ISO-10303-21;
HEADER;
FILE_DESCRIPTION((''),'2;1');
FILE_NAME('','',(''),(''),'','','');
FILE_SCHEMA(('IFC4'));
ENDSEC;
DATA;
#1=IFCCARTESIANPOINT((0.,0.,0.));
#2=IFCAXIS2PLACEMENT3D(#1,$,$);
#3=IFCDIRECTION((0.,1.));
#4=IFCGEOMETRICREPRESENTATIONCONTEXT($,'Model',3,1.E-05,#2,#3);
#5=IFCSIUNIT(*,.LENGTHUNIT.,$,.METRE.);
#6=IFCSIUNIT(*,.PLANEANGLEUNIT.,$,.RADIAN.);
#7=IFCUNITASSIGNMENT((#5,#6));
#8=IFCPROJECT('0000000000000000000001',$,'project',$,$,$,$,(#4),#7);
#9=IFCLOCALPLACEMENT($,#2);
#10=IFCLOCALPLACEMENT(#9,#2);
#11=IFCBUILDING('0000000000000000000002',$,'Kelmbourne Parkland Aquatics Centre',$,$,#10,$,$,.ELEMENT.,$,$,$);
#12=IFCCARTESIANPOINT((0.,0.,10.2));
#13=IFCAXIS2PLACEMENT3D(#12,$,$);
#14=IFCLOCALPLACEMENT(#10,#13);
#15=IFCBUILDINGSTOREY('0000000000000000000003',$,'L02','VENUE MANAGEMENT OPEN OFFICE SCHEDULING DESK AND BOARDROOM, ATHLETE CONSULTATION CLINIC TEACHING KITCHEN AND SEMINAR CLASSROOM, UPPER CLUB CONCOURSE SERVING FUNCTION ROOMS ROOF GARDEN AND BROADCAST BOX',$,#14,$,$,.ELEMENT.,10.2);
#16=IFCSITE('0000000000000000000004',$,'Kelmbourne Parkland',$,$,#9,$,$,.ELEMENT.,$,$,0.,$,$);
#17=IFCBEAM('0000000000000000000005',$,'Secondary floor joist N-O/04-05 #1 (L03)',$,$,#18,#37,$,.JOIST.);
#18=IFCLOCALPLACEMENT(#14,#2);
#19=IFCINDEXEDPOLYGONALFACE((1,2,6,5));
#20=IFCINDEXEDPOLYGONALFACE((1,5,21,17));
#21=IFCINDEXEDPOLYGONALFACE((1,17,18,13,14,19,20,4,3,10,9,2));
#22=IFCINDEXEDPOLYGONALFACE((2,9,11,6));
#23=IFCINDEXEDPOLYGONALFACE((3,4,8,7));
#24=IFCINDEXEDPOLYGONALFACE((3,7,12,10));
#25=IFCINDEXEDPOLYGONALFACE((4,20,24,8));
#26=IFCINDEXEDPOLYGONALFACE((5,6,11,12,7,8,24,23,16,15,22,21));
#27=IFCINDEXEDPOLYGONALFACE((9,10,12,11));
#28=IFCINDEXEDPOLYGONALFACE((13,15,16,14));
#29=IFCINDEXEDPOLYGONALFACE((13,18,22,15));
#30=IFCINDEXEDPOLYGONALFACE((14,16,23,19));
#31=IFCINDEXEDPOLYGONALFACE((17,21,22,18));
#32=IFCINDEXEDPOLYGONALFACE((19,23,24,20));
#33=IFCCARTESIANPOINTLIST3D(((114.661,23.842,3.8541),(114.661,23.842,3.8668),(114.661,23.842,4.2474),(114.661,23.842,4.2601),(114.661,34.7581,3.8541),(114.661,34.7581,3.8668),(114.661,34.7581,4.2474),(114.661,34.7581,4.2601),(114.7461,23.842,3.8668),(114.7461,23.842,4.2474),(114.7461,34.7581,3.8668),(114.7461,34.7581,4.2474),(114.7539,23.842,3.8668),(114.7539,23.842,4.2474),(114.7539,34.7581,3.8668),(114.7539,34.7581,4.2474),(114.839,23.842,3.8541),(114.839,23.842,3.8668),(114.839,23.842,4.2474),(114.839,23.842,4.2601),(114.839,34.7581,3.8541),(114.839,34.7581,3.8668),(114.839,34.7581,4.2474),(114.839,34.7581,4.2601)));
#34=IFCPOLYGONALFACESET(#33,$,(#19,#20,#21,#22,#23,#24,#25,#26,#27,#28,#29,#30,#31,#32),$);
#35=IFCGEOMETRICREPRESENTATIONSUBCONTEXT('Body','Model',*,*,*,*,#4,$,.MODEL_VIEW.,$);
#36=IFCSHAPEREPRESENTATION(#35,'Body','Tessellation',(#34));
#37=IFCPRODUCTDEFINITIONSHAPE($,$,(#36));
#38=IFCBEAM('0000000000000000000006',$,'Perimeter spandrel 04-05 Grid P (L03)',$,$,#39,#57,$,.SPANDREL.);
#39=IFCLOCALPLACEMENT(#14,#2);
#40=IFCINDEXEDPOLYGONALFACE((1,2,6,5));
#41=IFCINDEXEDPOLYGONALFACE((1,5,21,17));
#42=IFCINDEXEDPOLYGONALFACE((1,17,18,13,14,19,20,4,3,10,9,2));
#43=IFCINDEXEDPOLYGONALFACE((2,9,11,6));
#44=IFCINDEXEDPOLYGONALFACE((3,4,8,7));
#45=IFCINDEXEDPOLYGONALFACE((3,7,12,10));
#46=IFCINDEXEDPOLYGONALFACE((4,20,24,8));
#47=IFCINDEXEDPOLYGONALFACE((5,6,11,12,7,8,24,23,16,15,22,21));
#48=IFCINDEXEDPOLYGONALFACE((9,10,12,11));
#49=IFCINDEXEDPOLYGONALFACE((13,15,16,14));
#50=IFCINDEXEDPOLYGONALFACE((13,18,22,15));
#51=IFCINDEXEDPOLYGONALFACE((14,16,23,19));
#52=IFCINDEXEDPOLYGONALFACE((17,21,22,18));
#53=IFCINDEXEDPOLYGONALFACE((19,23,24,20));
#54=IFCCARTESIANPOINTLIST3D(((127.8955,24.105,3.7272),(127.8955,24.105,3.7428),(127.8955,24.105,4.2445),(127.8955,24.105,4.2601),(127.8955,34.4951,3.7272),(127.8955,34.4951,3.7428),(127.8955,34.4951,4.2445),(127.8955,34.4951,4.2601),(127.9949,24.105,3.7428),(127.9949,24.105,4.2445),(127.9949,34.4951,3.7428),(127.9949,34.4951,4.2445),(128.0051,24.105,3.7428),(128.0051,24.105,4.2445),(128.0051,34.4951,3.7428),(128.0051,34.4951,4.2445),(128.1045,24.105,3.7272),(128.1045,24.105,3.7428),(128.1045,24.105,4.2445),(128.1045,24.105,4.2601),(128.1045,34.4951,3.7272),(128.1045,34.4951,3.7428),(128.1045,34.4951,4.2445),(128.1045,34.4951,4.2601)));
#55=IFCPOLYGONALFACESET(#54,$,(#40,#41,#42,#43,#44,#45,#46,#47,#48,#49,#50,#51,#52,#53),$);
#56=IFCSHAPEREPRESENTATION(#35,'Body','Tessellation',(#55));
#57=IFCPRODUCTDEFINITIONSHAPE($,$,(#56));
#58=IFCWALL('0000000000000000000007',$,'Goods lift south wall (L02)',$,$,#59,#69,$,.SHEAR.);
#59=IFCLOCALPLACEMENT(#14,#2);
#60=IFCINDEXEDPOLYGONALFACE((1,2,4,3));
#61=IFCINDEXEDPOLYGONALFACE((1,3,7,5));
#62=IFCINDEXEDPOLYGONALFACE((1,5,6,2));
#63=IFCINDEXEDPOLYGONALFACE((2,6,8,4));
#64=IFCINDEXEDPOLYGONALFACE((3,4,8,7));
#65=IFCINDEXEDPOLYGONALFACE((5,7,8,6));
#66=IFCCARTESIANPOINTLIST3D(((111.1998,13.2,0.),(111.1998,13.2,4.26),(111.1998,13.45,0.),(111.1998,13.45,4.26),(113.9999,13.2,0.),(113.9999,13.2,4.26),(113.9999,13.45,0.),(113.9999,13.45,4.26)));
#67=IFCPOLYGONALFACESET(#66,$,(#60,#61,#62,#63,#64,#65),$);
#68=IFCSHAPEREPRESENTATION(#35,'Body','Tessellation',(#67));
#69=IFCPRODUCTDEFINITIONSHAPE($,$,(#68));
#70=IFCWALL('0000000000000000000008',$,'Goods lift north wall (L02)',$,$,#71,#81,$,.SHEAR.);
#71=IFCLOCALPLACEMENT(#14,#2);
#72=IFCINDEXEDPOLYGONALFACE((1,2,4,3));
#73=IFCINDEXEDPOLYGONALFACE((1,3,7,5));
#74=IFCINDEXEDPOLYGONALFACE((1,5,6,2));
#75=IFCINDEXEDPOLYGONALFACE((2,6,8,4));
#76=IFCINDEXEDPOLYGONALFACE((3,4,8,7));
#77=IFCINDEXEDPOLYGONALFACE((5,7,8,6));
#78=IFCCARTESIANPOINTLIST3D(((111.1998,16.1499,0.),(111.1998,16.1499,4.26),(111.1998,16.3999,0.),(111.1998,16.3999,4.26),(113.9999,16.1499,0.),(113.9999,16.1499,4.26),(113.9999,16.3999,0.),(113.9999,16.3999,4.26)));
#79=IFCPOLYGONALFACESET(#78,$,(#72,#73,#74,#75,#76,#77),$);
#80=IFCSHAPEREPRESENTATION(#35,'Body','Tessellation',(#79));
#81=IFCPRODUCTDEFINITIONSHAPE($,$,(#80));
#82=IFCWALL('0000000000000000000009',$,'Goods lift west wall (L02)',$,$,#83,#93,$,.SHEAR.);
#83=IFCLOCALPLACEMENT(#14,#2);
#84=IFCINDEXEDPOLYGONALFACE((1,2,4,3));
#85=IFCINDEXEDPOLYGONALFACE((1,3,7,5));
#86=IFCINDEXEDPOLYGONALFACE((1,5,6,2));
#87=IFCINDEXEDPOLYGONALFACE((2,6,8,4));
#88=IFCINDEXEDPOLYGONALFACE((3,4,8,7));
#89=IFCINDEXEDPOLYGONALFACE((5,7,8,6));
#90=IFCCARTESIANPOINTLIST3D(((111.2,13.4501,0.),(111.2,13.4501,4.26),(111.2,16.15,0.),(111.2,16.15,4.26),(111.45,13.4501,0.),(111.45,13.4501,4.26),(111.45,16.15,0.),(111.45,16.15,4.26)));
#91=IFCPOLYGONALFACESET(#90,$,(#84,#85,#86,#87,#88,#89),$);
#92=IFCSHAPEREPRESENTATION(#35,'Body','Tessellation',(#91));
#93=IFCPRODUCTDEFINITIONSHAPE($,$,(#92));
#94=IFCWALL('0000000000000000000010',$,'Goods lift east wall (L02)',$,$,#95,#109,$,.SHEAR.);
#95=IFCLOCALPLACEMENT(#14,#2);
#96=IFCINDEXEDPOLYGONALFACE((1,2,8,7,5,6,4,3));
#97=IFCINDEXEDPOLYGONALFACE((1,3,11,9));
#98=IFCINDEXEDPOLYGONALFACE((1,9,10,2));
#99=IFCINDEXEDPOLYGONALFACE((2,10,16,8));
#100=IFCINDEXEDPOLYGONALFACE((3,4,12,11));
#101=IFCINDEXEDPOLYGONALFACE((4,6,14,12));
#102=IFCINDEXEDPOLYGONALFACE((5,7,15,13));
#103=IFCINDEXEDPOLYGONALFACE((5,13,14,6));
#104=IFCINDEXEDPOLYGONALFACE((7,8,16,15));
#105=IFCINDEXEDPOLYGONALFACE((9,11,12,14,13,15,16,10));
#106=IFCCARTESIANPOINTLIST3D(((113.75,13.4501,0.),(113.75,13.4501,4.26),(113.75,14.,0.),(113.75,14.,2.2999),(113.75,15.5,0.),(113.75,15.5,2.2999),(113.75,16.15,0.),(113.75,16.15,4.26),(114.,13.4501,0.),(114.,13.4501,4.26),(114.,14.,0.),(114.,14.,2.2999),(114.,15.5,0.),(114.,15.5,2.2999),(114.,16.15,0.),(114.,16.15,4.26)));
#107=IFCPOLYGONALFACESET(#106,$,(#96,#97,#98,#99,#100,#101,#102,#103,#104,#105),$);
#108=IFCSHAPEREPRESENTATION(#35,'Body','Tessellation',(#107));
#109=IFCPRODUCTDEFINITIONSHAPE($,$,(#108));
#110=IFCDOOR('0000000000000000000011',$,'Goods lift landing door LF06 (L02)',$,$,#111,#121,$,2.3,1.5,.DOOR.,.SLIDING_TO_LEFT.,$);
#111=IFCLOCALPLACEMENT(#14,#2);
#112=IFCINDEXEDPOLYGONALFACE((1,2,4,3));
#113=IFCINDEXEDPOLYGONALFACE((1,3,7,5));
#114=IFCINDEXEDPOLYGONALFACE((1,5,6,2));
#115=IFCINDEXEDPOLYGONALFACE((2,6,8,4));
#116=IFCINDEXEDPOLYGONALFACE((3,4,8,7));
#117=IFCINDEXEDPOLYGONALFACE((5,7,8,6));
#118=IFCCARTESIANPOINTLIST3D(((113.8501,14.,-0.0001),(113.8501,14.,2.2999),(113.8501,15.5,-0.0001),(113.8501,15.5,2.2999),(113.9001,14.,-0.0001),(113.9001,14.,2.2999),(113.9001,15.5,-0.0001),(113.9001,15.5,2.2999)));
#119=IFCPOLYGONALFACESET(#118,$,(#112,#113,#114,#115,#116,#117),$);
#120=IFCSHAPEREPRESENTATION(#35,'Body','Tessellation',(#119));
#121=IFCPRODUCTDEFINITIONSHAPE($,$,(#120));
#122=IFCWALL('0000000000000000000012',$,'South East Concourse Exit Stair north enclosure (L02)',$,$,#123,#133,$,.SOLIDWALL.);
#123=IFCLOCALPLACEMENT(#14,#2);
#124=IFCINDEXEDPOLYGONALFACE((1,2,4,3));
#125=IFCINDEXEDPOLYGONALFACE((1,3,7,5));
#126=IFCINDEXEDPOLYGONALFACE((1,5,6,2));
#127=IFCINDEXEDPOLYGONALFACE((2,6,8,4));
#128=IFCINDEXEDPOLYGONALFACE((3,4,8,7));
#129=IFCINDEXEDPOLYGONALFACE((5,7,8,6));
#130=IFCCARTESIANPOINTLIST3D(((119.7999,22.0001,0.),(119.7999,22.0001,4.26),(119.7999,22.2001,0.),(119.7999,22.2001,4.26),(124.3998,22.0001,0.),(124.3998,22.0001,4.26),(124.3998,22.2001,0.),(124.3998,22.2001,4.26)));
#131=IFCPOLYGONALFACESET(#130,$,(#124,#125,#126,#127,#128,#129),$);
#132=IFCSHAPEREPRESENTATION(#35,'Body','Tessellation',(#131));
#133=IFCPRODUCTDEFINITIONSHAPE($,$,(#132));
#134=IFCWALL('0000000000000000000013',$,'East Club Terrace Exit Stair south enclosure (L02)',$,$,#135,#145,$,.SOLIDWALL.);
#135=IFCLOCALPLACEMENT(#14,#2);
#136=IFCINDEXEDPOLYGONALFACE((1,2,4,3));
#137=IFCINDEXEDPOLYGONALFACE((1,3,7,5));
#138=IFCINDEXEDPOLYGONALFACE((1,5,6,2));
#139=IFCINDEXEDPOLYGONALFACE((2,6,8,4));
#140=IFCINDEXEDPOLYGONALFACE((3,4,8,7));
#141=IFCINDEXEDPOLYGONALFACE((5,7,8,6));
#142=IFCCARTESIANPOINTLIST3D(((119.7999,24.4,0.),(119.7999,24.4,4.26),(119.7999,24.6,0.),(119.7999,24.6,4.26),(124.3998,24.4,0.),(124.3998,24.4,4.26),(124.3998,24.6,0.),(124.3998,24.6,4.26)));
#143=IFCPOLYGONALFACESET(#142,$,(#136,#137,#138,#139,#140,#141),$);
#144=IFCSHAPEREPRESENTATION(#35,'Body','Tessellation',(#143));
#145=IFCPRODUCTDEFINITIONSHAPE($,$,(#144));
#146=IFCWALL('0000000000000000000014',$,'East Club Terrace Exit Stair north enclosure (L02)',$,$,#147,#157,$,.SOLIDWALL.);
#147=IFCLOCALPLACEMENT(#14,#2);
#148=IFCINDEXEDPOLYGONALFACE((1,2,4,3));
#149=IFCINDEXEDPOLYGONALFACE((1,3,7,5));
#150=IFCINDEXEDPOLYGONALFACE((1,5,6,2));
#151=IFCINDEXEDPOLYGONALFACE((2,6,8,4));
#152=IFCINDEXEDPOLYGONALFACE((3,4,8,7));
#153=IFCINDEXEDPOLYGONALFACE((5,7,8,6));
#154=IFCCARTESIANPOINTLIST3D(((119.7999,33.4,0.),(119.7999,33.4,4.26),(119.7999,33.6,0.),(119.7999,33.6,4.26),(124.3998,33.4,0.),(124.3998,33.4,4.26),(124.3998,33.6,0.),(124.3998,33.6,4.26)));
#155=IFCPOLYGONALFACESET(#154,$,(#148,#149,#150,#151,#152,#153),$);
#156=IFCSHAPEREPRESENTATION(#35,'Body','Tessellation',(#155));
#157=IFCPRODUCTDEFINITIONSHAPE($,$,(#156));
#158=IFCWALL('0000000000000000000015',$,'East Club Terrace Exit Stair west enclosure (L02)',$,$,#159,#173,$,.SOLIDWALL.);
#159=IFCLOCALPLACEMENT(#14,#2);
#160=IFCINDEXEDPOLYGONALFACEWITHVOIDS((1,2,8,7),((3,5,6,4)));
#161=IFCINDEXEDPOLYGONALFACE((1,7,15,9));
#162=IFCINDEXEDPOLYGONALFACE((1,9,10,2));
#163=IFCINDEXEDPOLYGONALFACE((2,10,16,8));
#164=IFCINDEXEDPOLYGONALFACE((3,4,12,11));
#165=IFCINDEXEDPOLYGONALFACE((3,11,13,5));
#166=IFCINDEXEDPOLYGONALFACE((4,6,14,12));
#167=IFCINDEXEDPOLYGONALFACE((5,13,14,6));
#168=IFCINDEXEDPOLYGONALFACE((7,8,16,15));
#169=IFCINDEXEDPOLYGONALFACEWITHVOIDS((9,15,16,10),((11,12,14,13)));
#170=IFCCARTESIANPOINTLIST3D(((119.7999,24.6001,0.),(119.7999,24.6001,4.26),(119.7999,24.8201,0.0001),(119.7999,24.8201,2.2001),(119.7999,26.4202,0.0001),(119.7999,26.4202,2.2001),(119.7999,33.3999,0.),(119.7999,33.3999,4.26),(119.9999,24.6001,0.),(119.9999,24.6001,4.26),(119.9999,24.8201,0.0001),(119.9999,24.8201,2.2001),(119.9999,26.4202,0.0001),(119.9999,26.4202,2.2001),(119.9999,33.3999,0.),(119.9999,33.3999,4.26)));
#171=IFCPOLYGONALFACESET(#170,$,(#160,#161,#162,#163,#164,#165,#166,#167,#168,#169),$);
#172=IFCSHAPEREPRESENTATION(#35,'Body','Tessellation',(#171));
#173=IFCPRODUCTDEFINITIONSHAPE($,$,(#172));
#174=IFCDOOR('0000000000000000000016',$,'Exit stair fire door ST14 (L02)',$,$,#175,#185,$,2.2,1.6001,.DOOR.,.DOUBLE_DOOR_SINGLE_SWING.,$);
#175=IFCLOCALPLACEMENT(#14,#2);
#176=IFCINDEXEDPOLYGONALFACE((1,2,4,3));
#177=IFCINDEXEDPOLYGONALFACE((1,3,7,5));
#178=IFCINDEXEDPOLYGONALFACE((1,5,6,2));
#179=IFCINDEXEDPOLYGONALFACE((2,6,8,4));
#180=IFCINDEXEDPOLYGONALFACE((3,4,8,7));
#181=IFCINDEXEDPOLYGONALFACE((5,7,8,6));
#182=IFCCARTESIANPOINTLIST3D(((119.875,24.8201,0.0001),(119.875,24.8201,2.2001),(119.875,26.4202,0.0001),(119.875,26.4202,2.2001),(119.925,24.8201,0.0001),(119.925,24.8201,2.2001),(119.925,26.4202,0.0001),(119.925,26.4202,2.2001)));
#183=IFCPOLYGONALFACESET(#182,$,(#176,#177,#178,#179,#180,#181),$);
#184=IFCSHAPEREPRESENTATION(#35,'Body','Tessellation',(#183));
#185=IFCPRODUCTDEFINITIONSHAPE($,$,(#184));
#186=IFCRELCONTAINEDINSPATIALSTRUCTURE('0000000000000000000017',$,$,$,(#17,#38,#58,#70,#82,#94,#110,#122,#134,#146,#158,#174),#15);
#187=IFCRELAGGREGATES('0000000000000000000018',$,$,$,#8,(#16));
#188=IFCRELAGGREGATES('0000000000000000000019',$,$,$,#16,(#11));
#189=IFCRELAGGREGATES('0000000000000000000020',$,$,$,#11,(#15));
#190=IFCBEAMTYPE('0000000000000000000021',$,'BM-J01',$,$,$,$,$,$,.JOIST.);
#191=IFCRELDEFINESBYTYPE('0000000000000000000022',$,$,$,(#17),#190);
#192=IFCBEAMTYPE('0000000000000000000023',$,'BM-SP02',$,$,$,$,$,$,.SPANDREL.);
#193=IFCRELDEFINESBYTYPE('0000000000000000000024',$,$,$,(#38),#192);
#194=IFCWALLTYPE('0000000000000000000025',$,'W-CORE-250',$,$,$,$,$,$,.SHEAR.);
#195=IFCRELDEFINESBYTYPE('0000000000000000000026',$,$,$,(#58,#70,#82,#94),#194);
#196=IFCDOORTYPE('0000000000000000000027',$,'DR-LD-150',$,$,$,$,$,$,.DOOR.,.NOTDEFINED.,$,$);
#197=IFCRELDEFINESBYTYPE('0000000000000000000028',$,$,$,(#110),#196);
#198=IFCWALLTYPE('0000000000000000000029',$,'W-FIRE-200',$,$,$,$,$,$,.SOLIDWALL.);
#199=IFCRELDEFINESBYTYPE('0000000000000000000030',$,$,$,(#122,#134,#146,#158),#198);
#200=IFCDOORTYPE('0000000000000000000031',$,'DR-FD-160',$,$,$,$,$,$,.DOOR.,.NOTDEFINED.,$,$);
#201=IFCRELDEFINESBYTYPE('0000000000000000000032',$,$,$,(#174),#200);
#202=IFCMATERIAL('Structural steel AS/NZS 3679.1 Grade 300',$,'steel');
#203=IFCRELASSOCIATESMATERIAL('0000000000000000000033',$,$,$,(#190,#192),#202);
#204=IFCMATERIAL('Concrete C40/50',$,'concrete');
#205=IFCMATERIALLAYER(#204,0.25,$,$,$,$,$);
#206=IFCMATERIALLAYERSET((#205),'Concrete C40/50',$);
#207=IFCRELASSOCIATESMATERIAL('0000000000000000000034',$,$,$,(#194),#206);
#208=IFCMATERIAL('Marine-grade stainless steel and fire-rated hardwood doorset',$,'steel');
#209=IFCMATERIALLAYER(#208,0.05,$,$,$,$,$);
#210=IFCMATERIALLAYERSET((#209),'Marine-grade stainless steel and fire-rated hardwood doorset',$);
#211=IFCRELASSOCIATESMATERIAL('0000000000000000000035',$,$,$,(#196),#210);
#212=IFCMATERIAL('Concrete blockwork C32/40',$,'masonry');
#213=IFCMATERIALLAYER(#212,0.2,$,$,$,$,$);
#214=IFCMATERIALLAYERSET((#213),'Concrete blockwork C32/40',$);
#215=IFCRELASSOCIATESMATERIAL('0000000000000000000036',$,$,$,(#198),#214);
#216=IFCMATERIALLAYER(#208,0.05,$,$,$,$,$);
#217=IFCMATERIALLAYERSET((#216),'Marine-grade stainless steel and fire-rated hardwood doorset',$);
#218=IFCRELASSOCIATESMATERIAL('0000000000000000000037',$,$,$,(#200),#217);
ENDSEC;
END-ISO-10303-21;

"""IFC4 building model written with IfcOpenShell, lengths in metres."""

from ifc_helpers import new_model, si_unit, direction, frame, frame_2d, origin, origin_2d, place, context, subcontext, project, spatial, rectangle, i_section, extrude, material, layer, layer_set, material_profile, profile_set, type_object, element, fill, save


model = new_model("IFC4")

# Units and contexts
model_context = context("Model", 3, precision=1e-05, world=origin(), true_north=direction((0.0, 1.0)))
body_context = subcontext(model_context, "Body", "Model", "MODEL_VIEW")
ifc_project = project(units=[si_unit("LENGTHUNIT", "METRE"), si_unit("PLANEANGLEUNIT", "RADIAN")], contexts=[model_context])

# Site, building, storey
site_placement = place(None, origin())
site = spatial("IfcSite", under=ifc_project, at=site_placement, Name="Kelmbourne Parkland", CompositionType="ELEMENT", RefElevation=0.0)
building_placement = place(site_placement, origin())
building = spatial("IfcBuilding", under=site, at=building_placement, Name="Kelmbourne Parkland Aquatics Centre", CompositionType="ELEMENT")
storey_placement = place(building_placement, frame((0.0, 0.0, 10.2)))
storey = spatial("IfcBuildingStorey", under=building, at=storey_placement, Name="L02", Description="VENUE MANAGEMENT OPEN OFFICE SCHEDULING DESK AND BOARDROOM, ATHLETE CONSULTATION CLINIC TEACHING KITCHEN AND SEMINAR CLASSROOM, UPPER CLUB CONCOURSE SERVING FUNCTION ROOMS ROOF GARDEN AND BROADCAST BOX", CompositionType="ELEMENT", Elevation=10.2)

# Shared definitions
ifc_material_1 = material(Name="Concrete C40/50", Category="concrete")
ifc_material_2 = material(Name="Structural steel AS/NZS 3679.1 Grade 300", Category="steel")

# Beams
ifc_material_profile_1 = material_profile(ifc_material_2, i_section(OverallWidth=0.178, OverallDepth=0.406, WebThickness=0.0078, FlangeThickness=0.0127, at=origin_2d()), Name="410UB59.7")
ifc_profile_set_1 = profile_set([ifc_material_profile_1], Name="Structural steel AS/NZS 3679.1 Grade 300")
beam_type_1 = type_object("IfcBeamType", Name="BM-J01", PredefinedType="JOIST", material=ifc_profile_set_1)
for number, where, z_axis, x_axis, name in (
    (1, (114.75, 23.842, 4.0571), (0.0, 1.0, 0.0), (-1.0, 0.0, 0.0), "Secondary floor joist N-O/04-05 #1 (L03)"),
):
    element("IfcBeam", number, at=place(storey_placement, frame(where, z_axis=z_axis, x_axis=x_axis)), inside=storey, type_object=beam_type_1, Name=name, PredefinedType="JOIST", context=body_context, shape_type="SweptSolid", body=[
        extrude(i_section(OverallWidth=0.178, OverallDepth=0.406, WebThickness=0.0078, FlangeThickness=0.0127, at=origin_2d()), origin(), (0.0, 0.0, 1.0), 10.916),
    ])
ifc_material_profile_2 = material_profile(ifc_material_2, i_section(OverallWidth=0.209, OverallDepth=0.533, WebThickness=0.0103, FlangeThickness=0.0156, at=origin_2d()), Name="530UB92.4")
ifc_profile_set_2 = profile_set([ifc_material_profile_2], Name="Structural steel AS/NZS 3679.1 Grade 300")
beam_type_2 = type_object("IfcBeamType", Name="BM-SP02", PredefinedType="SPANDREL", material=ifc_profile_set_2)
beam_1_placement = place(storey_placement, frame((128.0, 24.105, 3.9937), z_axis=(0.0, 1.0, 0.0), x_axis=(-1.0, 0.0, 0.0)))
element("IfcBeam", 2, at=beam_1_placement, inside=storey, type_object=beam_type_2, Name="Perimeter spandrel 04-05 Grid P (L03)", PredefinedType="SPANDREL", context=body_context, shape_type="SweptSolid", body=[
    extrude(i_section(OverallWidth=0.209, OverallDepth=0.533, WebThickness=0.0103, FlangeThickness=0.0156, at=origin_2d()), origin(), (0.0, 0.0, 1.0), 10.3901),
])

# Walls
ifc_layer_1 = layer(ifc_material_1, 0.25)
ifc_layer_set_1 = layer_set([ifc_layer_1], Name="Concrete C40/50")
wall_type_1 = type_object("IfcWallType", Name="W-CORE-250", PredefinedType="SHEAR", material=ifc_layer_set_1)
for number, where, z_axis, x_axis, name in (
    (3, (111.2, 13.325, 0.0), (0.0, 0.0, 1.0), (1.0, 0.0, 0.0), "Goods lift south wall (L02)"),
    (4, (111.2, 16.2749, 0.0), (0.0, 0.0, 1.0), (1.0, 0.0, 0.0), "Goods lift north wall (L02)"),
):
    element("IfcWall", number, at=place(storey_placement, frame(where, z_axis=z_axis, x_axis=x_axis)), inside=storey, type_object=wall_type_1, Name=name, PredefinedType="SHEAR", context=body_context, shape_type="SweptSolid", body=[
        extrude(rectangle(XDim=2.8, YDim=0.25, at=frame_2d((1.3999, 0.0))), origin(), (0.0, 0.0, 1.0), 4.26),
    ])
wall_1_placement = place(storey_placement, frame((111.325, 13.45, 0.0), z_axis=(0.0, 0.0, 1.0), x_axis=(0.0, 1.0, 0.0)))
element("IfcWall", 5, at=wall_1_placement, inside=storey, type_object=wall_type_1, Name="Goods lift west wall (L02)", PredefinedType="SHEAR", context=body_context, shape_type="SweptSolid", body=[
    extrude(rectangle(XDim=2.7, YDim=0.25, at=frame_2d((1.3501, 0.0))), origin(), (0.0, 0.0, 1.0), 4.26),
])

# Wall, opening, door
wall_2_placement = place(storey_placement, frame((113.875, 13.45, 0.0), z_axis=(0.0, 0.0, 1.0), x_axis=(0.0, 1.0, 0.0)))
wall_2 = element("IfcWall", 6, at=wall_2_placement, inside=storey, type_object=wall_type_1, Name="Goods lift east wall (L02)", PredefinedType="SHEAR", context=body_context, shape_type="SweptSolid", body=[
    extrude(rectangle(XDim=2.7, YDim=0.25, at=frame_2d((1.3501, 0.0))), origin(), (0.0, 0.0, 1.0), 4.26),
])
opening_1_placement = place(wall_2_placement, frame((0.55, 0.0, 0.0)))
opening_1 = element("IfcOpeningElement", 7, at=opening_1_placement, cuts=wall_2, PredefinedType="OPENING", context=body_context, shape_type="SweptSolid", body=[
    extrude(rectangle(XDim=1.5, YDim=2.3, at=frame_2d((0.75, 1.1499))), frame((0.0, 0.137, 0.0), z_axis=(0.0, -1.0, 0.0), x_axis=(1.0, 0.0, 0.0)), (0.0, 0.0, 1.0), 0.2739),
])
ifc_material_3 = material(Name="Marine-grade stainless steel and fire-rated hardwood doorset", Category="steel")
ifc_layer_2 = layer(ifc_material_3, 0.05)
ifc_layer_set_2 = layer_set([ifc_layer_2], Name="Marine-grade stainless steel and fire-rated hardwood doorset")
door_type_1 = type_object("IfcDoorType", Name="DR-LD-150", OperationType="NOTDEFINED", PredefinedType="DOOR", material=ifc_layer_set_2)
door_1_placement = place(opening_1_placement, origin())
door_1 = element("IfcDoor", 8, at=door_1_placement, inside=storey, type_object=door_type_1, Name="Goods lift landing door LF06 (L02)", OperationType="SLIDING_TO_LEFT", OverallHeight=2.3, OverallWidth=1.5, PredefinedType="DOOR", context=body_context, shape_type="SweptSolid", body=[
    extrude(rectangle(XDim=1.5, YDim=2.3, at=frame_2d((0.75, 1.1499))), frame((0.0, 0.0249, 0.0), z_axis=(0.0, -1.0, 0.0), x_axis=(1.0, 0.0, 0.0)), (0.0, 0.0, 1.0), 0.05),
])
fill(opening_1, door_1)

# Walls
ifc_material_4 = material(Name="Concrete blockwork C32/40", Category="masonry")
ifc_layer_3 = layer(ifc_material_4, 0.2)
ifc_layer_set_3 = layer_set([ifc_layer_3], Name="Concrete blockwork C32/40")
wall_type_2 = type_object("IfcWallType", Name="W-FIRE-200", PredefinedType="SOLIDWALL", material=ifc_layer_set_3)
for number, where, z_axis, x_axis, name in (
    (9, (119.8, 22.1001, 0.0), (0.0, 0.0, 1.0), (1.0, 0.0, 0.0), "South East Concourse Exit Stair north enclosure (L02)"),
    (10, (119.8, 24.5, 0.0), (0.0, 0.0, 1.0), (1.0, 0.0, 0.0), "East Club Terrace Exit Stair south enclosure (L02)"),
    (11, (119.8, 33.5, 0.0), (0.0, 0.0, 1.0), (1.0, 0.0, 0.0), "East Club Terrace Exit Stair north enclosure (L02)"),
):
    element("IfcWall", number, at=place(storey_placement, frame(where, z_axis=z_axis, x_axis=x_axis)), inside=storey, type_object=wall_type_2, Name=name, PredefinedType="SOLIDWALL", context=body_context, shape_type="SweptSolid", body=[
        extrude(rectangle(XDim=4.5999, YDim=0.2, at=frame_2d((2.2998, 0.0))), origin(), (0.0, 0.0, 1.0), 4.26),
    ])

# Wall, opening, door
wall_3_placement = place(storey_placement, frame((119.8999, 24.6001, 0.0), z_axis=(0.0, 0.0, 1.0), x_axis=(0.0, 1.0, 0.0)))
wall_3 = element("IfcWall", 12, at=wall_3_placement, inside=storey, type_object=wall_type_2, Name="East Club Terrace Exit Stair west enclosure (L02)", PredefinedType="SOLIDWALL", context=body_context, shape_type="SweptSolid", body=[
    extrude(rectangle(XDim=8.7998, YDim=0.2, at=frame_2d((4.3999, 0.0))), origin(), (0.0, 0.0, 1.0), 4.26),
])
opening_2_placement = place(wall_3_placement, frame((0.22, 0.0, 0.0)))
opening_2 = element("IfcOpeningElement", 13, at=opening_2_placement, cuts=wall_3, PredefinedType="OPENING", context=body_context, shape_type="SweptSolid", body=[
    extrude(rectangle(XDim=1.6001, YDim=2.2, at=frame_2d((0.8, 1.1001))), frame((0.0, 0.1118, 0.0), z_axis=(0.0, -1.0, 0.0), x_axis=(1.0, 0.0, 0.0)), (0.0, 0.0, 1.0), 0.2239),
])
ifc_layer_4 = layer(ifc_material_3, 0.05)
ifc_layer_set_4 = layer_set([ifc_layer_4], Name="Marine-grade stainless steel and fire-rated hardwood doorset")
door_type_2 = type_object("IfcDoorType", Name="DR-FD-160", OperationType="NOTDEFINED", PredefinedType="DOOR", material=ifc_layer_set_4)
door_2_placement = place(opening_2_placement, origin())
door_2 = element("IfcDoor", 14, at=door_2_placement, inside=storey, type_object=door_type_2, Name="Exit stair fire door ST14 (L02)", OperationType="DOUBLE_DOOR_SINGLE_SWING", OverallHeight=2.2, OverallWidth=1.6001, PredefinedType="DOOR", context=body_context, shape_type="SweptSolid", body=[
    extrude(rectangle(XDim=1.6001, YDim=2.2, at=frame_2d((0.8, 1.1001))), frame((0.0, 0.0249, 0.0), z_axis=(0.0, -1.0, 0.0), x_axis=(1.0, 0.0, 0.0)), (0.0, 0.0, 1.0), 0.05),
])
fill(opening_2, door_2)

save(model, "model.ifc")
